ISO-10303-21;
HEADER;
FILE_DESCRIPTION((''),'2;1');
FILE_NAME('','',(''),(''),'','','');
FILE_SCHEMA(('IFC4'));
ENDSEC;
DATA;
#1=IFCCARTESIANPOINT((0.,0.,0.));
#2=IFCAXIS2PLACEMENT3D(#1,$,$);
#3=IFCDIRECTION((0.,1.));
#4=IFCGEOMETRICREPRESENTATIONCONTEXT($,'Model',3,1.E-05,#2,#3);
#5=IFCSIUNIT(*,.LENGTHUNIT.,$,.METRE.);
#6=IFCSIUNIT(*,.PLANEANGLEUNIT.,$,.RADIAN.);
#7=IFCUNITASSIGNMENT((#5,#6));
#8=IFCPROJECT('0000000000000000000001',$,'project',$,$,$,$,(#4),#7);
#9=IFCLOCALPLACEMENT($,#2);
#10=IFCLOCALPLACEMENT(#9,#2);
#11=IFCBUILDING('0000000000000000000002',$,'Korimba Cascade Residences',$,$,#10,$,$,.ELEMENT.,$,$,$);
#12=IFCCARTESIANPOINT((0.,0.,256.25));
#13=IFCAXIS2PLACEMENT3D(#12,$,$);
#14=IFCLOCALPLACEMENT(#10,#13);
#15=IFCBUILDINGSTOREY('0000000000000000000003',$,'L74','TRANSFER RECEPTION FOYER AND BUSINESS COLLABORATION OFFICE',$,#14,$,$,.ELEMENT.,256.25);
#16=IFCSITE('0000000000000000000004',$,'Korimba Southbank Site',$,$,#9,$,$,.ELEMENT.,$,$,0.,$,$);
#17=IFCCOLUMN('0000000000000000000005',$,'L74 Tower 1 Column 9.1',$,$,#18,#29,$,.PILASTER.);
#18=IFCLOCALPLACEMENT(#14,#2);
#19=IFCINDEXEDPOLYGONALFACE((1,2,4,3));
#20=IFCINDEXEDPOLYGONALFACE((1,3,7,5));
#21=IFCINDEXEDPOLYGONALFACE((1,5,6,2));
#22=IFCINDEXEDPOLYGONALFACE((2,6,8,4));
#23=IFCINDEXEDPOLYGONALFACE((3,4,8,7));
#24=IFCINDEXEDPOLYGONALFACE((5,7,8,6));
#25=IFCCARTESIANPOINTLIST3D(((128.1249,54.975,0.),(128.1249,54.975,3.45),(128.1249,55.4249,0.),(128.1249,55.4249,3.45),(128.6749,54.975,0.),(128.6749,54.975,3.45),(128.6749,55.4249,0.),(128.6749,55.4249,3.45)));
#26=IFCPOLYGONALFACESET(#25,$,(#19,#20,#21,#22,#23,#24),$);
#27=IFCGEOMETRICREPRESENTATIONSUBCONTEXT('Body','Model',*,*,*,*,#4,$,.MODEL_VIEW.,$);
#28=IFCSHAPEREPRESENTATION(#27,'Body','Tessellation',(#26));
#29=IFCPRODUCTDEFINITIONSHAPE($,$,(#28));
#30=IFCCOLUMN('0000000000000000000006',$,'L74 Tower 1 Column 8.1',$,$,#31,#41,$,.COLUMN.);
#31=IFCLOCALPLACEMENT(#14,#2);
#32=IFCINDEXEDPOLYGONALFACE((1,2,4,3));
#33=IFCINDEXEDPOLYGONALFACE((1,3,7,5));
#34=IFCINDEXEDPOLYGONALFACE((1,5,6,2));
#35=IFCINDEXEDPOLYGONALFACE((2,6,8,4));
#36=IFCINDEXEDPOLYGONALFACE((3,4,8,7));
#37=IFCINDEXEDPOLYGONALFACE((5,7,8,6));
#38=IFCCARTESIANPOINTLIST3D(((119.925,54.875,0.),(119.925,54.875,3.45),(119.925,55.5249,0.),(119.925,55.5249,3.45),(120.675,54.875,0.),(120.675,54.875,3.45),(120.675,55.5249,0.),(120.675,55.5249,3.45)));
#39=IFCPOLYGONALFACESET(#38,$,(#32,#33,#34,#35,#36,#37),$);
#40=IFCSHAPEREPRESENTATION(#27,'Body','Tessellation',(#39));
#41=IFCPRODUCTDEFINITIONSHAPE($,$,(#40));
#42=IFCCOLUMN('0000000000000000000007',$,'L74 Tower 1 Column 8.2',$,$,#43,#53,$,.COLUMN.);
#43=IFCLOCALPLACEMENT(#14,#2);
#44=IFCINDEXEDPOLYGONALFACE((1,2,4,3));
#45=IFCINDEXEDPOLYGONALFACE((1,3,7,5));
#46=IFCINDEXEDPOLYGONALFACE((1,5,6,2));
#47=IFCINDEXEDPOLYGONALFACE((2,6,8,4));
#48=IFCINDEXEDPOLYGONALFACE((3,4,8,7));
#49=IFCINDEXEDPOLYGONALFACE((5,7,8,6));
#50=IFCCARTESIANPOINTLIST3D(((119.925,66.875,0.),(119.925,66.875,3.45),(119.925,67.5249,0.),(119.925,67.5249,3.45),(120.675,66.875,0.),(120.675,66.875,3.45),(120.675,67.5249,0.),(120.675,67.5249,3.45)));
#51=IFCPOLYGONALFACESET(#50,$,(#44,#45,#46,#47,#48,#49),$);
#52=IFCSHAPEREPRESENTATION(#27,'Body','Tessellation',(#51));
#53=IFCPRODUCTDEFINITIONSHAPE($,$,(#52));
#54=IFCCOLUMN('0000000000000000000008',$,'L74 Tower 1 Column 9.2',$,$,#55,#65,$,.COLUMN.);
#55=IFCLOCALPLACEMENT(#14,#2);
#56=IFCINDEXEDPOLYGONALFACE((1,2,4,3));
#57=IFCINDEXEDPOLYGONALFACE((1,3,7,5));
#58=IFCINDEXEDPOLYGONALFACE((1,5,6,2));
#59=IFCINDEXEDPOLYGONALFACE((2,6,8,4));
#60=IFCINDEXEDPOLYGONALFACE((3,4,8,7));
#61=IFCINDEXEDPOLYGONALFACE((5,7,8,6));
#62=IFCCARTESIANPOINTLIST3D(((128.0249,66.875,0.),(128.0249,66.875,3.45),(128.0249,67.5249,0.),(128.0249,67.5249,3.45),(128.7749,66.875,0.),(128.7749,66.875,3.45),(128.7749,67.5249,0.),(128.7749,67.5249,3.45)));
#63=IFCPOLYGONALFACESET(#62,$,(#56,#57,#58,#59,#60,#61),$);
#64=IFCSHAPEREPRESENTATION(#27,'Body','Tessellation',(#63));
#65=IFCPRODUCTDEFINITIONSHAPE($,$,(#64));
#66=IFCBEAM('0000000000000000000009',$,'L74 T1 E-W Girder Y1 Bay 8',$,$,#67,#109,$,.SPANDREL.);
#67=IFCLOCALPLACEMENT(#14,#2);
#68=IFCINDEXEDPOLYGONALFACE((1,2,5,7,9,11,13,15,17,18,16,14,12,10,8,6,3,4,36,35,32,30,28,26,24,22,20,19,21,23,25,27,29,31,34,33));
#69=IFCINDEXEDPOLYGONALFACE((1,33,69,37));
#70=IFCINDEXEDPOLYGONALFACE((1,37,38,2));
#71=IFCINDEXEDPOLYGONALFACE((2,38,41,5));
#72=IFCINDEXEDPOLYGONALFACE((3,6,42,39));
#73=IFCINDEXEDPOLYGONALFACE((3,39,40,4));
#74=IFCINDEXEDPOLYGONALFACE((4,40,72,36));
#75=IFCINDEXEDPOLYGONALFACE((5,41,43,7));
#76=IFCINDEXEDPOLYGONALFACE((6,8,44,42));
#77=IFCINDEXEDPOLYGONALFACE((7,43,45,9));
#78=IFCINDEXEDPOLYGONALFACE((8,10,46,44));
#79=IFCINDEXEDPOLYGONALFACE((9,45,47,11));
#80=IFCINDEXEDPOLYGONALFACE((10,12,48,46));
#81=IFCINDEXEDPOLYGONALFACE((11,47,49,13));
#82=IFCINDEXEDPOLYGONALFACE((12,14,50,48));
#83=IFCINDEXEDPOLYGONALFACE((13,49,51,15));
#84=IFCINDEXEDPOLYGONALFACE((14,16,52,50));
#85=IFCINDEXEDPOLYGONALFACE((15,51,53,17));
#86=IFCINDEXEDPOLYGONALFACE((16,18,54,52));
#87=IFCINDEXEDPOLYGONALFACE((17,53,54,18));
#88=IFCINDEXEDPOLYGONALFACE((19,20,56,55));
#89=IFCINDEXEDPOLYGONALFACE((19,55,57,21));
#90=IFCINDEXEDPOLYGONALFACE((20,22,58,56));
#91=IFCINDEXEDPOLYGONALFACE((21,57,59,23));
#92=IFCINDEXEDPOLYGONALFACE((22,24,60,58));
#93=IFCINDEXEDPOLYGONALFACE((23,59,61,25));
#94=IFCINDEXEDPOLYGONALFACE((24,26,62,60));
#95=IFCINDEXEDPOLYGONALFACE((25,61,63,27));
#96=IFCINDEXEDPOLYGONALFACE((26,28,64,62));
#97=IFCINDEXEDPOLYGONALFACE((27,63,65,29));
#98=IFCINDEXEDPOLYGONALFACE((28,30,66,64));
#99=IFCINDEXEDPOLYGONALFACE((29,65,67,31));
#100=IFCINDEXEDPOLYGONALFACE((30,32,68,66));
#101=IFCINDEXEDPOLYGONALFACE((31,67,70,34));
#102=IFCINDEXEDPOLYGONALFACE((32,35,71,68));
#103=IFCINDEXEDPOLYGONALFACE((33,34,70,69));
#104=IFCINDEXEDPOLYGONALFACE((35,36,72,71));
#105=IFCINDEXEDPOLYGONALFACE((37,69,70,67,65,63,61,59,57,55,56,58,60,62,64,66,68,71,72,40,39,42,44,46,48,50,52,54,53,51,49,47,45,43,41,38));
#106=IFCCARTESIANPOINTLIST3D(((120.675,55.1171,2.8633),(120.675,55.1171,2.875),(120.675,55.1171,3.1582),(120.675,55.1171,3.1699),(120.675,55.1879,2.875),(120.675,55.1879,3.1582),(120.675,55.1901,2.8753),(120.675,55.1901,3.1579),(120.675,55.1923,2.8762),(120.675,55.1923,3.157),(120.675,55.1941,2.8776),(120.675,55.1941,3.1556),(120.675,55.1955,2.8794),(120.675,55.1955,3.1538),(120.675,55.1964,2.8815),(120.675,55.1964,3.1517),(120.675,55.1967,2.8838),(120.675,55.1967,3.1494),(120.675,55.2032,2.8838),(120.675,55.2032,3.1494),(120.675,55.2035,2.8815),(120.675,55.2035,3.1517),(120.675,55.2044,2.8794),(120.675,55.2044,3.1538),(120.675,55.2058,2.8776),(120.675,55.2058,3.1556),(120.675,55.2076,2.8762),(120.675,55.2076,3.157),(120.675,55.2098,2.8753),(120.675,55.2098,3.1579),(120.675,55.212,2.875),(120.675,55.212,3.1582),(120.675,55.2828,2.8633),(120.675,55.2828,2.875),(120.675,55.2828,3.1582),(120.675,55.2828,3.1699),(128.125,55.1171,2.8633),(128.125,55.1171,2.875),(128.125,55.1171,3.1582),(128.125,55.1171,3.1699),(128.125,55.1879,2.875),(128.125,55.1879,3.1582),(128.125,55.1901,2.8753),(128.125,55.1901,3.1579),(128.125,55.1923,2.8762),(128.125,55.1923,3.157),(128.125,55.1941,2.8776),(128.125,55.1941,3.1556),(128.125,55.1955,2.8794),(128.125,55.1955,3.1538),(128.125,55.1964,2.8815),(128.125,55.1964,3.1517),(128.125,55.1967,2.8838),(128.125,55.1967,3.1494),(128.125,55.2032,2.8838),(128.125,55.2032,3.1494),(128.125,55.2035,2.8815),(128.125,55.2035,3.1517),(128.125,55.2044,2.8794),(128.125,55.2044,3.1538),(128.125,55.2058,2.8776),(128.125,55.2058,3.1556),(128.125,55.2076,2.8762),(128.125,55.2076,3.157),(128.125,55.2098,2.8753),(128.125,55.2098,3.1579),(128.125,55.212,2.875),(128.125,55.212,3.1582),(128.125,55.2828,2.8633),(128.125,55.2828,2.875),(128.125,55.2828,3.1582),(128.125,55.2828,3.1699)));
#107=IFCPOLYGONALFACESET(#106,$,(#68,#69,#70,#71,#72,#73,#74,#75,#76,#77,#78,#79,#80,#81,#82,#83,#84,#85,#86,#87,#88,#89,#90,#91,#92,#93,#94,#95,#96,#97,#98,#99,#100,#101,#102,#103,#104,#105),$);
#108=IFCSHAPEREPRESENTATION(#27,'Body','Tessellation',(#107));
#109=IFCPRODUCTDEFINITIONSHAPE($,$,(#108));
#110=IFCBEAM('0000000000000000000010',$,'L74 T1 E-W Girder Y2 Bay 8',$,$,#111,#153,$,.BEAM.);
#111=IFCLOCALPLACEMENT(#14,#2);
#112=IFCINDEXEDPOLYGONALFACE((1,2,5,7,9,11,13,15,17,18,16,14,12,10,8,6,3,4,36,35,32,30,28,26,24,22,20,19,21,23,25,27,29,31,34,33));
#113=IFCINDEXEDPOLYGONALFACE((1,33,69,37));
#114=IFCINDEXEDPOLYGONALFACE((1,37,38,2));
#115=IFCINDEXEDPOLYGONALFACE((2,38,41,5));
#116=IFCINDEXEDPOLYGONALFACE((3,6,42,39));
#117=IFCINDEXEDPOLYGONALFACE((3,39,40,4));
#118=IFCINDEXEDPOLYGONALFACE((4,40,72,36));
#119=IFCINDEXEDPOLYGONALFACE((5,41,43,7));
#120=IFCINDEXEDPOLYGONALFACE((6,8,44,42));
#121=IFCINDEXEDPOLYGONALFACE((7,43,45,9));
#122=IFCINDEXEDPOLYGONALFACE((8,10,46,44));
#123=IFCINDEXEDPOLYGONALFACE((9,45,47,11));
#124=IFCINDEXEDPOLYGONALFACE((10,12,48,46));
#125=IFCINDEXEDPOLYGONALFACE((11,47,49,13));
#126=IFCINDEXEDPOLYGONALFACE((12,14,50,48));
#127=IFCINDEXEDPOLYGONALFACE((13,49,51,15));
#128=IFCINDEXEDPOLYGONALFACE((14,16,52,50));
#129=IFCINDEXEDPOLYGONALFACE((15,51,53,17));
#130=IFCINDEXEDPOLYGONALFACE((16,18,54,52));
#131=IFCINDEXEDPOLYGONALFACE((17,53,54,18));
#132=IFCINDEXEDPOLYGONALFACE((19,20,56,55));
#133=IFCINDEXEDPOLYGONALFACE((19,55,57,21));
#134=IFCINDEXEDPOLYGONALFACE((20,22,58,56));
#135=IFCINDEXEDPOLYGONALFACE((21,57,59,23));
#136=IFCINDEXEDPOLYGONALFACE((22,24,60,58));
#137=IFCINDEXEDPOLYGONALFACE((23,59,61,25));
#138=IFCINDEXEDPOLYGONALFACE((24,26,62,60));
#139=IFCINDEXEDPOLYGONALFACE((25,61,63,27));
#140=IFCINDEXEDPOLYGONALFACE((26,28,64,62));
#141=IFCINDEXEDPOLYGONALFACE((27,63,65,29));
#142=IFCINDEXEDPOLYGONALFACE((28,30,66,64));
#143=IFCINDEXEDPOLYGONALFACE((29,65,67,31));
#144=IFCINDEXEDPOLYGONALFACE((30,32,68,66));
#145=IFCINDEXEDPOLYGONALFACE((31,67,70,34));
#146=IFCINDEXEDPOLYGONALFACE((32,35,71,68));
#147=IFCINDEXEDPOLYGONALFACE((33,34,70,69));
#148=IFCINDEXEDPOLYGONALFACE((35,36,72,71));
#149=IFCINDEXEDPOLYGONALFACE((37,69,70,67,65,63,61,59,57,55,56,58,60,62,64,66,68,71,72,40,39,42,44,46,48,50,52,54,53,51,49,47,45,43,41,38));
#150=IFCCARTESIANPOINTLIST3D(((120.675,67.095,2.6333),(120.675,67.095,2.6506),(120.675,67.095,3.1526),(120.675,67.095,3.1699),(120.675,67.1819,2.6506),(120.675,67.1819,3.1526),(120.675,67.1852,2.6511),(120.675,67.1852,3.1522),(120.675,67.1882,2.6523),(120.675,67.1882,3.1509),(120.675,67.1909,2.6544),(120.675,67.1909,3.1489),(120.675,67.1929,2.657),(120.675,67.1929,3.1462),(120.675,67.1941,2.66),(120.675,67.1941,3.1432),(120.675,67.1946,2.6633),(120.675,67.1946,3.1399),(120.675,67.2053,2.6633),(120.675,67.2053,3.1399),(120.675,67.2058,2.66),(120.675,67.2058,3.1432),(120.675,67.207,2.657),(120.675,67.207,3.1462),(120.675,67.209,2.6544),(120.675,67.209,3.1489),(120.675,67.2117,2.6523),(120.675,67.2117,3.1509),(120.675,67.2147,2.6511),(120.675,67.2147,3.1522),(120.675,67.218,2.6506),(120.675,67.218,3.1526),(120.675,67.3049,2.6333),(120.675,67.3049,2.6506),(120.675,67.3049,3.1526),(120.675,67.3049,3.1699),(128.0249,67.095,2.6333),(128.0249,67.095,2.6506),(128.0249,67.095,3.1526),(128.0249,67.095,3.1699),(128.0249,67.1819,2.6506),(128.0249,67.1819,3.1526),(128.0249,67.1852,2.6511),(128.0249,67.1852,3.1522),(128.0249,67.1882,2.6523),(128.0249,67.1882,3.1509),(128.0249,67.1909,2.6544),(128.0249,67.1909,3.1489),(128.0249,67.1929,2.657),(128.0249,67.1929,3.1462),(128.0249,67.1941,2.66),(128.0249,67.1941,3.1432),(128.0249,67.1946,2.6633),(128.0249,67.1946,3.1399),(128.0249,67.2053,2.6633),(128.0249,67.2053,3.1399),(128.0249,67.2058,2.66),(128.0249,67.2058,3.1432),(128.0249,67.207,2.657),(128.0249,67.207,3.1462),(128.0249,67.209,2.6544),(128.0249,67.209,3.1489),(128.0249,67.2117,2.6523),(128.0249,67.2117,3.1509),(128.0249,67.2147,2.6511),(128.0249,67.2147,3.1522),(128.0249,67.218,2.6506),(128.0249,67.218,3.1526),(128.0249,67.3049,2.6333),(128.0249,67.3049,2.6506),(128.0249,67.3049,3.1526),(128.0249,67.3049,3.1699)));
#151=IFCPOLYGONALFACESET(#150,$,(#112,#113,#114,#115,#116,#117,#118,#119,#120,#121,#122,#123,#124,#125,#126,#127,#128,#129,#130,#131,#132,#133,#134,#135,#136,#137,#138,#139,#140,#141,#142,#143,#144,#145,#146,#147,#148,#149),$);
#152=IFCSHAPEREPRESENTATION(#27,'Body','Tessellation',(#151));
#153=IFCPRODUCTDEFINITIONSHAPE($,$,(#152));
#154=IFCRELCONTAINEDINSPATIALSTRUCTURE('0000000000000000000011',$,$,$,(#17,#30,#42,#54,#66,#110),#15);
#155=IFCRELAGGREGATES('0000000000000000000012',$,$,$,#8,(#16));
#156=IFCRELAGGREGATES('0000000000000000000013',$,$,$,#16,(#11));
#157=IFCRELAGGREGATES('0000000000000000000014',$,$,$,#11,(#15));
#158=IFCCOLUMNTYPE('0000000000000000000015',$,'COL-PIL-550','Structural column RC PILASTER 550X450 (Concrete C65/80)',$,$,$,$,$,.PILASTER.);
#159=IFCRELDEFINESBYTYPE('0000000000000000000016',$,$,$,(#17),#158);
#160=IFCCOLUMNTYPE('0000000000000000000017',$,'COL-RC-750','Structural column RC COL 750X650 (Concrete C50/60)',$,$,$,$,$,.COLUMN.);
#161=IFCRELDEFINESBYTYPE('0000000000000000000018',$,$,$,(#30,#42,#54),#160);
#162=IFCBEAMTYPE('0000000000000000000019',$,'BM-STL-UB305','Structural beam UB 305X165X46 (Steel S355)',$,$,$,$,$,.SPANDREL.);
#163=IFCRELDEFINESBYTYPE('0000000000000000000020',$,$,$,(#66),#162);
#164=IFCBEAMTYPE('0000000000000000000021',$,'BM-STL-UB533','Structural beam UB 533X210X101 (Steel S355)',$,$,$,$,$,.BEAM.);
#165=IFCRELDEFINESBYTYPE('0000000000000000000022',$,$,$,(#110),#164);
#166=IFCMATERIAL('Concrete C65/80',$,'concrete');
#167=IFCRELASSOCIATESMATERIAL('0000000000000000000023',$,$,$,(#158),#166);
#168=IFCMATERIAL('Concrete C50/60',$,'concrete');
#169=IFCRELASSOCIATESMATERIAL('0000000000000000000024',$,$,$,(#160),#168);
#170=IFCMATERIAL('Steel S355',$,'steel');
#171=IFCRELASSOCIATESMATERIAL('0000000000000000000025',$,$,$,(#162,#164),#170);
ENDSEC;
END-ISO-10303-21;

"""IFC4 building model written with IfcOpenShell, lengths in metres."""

from ifc_helpers import new_model, si_unit, direction, frame, origin, origin_2d, place, context, subcontext, project, spatial, rectangle, i_section, extrude, material, material_profile, profile_set, type_object, element, save


model = new_model("IFC4")

# Units and contexts
model_context = context("Model", 3, precision=1e-05, world=origin(), true_north=direction((0.0, 1.0)))
body_context = subcontext(model_context, "Body", "Model", "MODEL_VIEW")
ifc_project = project(units=[si_unit("LENGTHUNIT", "METRE"), si_unit("PLANEANGLEUNIT", "RADIAN")], contexts=[model_context])

# Site, building, storey
site_placement = place(None, origin())
site = spatial("IfcSite", under=ifc_project, at=site_placement, Name="Korimba Southbank Site", CompositionType="ELEMENT", RefElevation=0.0)
building_placement = place(site_placement, origin())
building = spatial("IfcBuilding", under=site, at=building_placement, Name="Korimba Cascade Residences", CompositionType="ELEMENT")
storey_placement = place(building_placement, frame((0.0, 0.0, 256.25)))
storey = spatial("IfcBuildingStorey", under=building, at=storey_placement, Name="L74", Description="TRANSFER RECEPTION FOYER AND BUSINESS COLLABORATION OFFICE", CompositionType="ELEMENT", Elevation=256.25)

# Columns
ifc_material_1 = material(Name="Concrete C65/80", Category="concrete")
ifc_material_profile_1 = material_profile(ifc_material_1, rectangle(XDim=0.55, YDim=0.45, at=origin_2d()), Name="Concrete C65/80")
ifc_profile_set_1 = profile_set([ifc_material_profile_1], Name="Concrete C65/80")
column_type_1 = type_object("IfcColumnType", Name="COL-PIL-550", Description="Structural column RC PILASTER 550X450 (Concrete C65/80)", PredefinedType="PILASTER", material=ifc_profile_set_1)
column_placement = place(storey_placement, frame((128.3999, 55.2, 0.0), z_axis=(0.0, 0.0, 1.0), x_axis=(1.0, 0.0, 0.0)))
element("IfcColumn", 1, at=column_placement, inside=storey, type_object=column_type_1, Name="L74 Tower 1 Column 9.1", PredefinedType="PILASTER", context=body_context, shape_type="SweptSolid", body=[
    extrude(rectangle(XDim=0.55, YDim=0.45, at=origin_2d()), origin(), (0.0, 0.0, 1.0), 3.45),
])
ifc_material_2 = material(Name="Concrete C50/60", Category="concrete")
ifc_material_profile_2 = material_profile(ifc_material_2, rectangle(XDim=0.75, YDim=0.6499, at=origin_2d()), Name="Concrete C50/60")
ifc_profile_set_2 = profile_set([ifc_material_profile_2], Name="Concrete C50/60")
column_type_2 = type_object("IfcColumnType", Name="COL-RC-750", Description="Structural column RC COL 750X650 (Concrete C50/60)", PredefinedType="COLUMN", material=ifc_profile_set_2)
for number, where, z_axis, x_axis, name in (
    (2, (120.3, 55.2, 0.0), (0.0, 0.0, 1.0), (1.0, 0.0, 0.0), "L74 Tower 1 Column 8.1"),
    (3, (120.3, 67.2, 0.0), (0.0, 0.0, 1.0), (1.0, 0.0, 0.0), "L74 Tower 1 Column 8.2"),
    (4, (128.3999, 67.2, 0.0), (0.0, 0.0, 1.0), (1.0, 0.0, 0.0), "L74 Tower 1 Column 9.2"),
):
    element("IfcColumn", number, at=place(storey_placement, frame(where, z_axis=z_axis, x_axis=x_axis)), inside=storey, type_object=column_type_2, Name=name, PredefinedType="COLUMN", context=body_context, shape_type="SweptSolid", body=[
        extrude(rectangle(XDim=0.75, YDim=0.6499, at=origin_2d()), origin(), (0.0, 0.0, 1.0), 3.45),
    ])

# Beams
ifc_material_3 = material(Name="Steel S355", Category="steel")
ifc_material_profile_3 = material_profile(ifc_material_3, i_section(OverallWidth=0.1658, OverallDepth=0.3066, WebThickness=0.0066, FlangeThickness=0.0117, FilletRadius=0.0088, at=origin_2d()), Name="Steel S355")
ifc_profile_set_3 = profile_set([ifc_material_profile_3], Name="Steel S355")
beam_type_1 = type_object("IfcBeamType", Name="BM-STL-UB305", Description="Structural beam UB 305X165X46 (Steel S355)", PredefinedType="SPANDREL", material=ifc_profile_set_3)
beam_1_placement = place(storey_placement, frame((120.675, 55.2, 3.0166), z_axis=(1.0, 0.0, 0.0), x_axis=(0.0, 1.0, 0.0)))
element("IfcBeam", 5, at=beam_1_placement, inside=storey, type_object=beam_type_1, Name="L74 T1 E-W Girder Y1 Bay 8", PredefinedType="SPANDREL", context=body_context, shape_type="SweptSolid", body=[
    extrude(i_section(OverallWidth=0.1658, OverallDepth=0.3066, WebThickness=0.0066, FlangeThickness=0.0117, FilletRadius=0.0088, at=origin_2d()), origin(), (0.0, 0.0, 1.0), 7.45),
])
ifc_material_profile_4 = material_profile(ifc_material_3, i_section(OverallWidth=0.21, OverallDepth=0.5366, WebThickness=0.0107, FlangeThickness=0.0173, FilletRadius=0.0127, at=origin_2d()), Name="Steel S355")
ifc_profile_set_4 = profile_set([ifc_material_profile_4], Name="Steel S355")
beam_type_2 = type_object("IfcBeamType", Name="BM-STL-UB533", Description="Structural beam UB 533X210X101 (Steel S355)", PredefinedType="BEAM", material=ifc_profile_set_4)
beam_2_placement = place(storey_placement, frame((120.675, 67.2, 2.9016), z_axis=(1.0, 0.0, 0.0), x_axis=(0.0, 1.0, 0.0)))
element("IfcBeam", 6, at=beam_2_placement, inside=storey, type_object=beam_type_2, Name="L74 T1 E-W Girder Y2 Bay 8", PredefinedType="BEAM", context=body_context, shape_type="SweptSolid", body=[
    extrude(i_section(OverallWidth=0.21, OverallDepth=0.5366, WebThickness=0.0107, FlangeThickness=0.0173, FilletRadius=0.0127, at=origin_2d()), origin(), (0.0, 0.0, 1.0), 7.3499),
])

save(model, "model.ifc")
